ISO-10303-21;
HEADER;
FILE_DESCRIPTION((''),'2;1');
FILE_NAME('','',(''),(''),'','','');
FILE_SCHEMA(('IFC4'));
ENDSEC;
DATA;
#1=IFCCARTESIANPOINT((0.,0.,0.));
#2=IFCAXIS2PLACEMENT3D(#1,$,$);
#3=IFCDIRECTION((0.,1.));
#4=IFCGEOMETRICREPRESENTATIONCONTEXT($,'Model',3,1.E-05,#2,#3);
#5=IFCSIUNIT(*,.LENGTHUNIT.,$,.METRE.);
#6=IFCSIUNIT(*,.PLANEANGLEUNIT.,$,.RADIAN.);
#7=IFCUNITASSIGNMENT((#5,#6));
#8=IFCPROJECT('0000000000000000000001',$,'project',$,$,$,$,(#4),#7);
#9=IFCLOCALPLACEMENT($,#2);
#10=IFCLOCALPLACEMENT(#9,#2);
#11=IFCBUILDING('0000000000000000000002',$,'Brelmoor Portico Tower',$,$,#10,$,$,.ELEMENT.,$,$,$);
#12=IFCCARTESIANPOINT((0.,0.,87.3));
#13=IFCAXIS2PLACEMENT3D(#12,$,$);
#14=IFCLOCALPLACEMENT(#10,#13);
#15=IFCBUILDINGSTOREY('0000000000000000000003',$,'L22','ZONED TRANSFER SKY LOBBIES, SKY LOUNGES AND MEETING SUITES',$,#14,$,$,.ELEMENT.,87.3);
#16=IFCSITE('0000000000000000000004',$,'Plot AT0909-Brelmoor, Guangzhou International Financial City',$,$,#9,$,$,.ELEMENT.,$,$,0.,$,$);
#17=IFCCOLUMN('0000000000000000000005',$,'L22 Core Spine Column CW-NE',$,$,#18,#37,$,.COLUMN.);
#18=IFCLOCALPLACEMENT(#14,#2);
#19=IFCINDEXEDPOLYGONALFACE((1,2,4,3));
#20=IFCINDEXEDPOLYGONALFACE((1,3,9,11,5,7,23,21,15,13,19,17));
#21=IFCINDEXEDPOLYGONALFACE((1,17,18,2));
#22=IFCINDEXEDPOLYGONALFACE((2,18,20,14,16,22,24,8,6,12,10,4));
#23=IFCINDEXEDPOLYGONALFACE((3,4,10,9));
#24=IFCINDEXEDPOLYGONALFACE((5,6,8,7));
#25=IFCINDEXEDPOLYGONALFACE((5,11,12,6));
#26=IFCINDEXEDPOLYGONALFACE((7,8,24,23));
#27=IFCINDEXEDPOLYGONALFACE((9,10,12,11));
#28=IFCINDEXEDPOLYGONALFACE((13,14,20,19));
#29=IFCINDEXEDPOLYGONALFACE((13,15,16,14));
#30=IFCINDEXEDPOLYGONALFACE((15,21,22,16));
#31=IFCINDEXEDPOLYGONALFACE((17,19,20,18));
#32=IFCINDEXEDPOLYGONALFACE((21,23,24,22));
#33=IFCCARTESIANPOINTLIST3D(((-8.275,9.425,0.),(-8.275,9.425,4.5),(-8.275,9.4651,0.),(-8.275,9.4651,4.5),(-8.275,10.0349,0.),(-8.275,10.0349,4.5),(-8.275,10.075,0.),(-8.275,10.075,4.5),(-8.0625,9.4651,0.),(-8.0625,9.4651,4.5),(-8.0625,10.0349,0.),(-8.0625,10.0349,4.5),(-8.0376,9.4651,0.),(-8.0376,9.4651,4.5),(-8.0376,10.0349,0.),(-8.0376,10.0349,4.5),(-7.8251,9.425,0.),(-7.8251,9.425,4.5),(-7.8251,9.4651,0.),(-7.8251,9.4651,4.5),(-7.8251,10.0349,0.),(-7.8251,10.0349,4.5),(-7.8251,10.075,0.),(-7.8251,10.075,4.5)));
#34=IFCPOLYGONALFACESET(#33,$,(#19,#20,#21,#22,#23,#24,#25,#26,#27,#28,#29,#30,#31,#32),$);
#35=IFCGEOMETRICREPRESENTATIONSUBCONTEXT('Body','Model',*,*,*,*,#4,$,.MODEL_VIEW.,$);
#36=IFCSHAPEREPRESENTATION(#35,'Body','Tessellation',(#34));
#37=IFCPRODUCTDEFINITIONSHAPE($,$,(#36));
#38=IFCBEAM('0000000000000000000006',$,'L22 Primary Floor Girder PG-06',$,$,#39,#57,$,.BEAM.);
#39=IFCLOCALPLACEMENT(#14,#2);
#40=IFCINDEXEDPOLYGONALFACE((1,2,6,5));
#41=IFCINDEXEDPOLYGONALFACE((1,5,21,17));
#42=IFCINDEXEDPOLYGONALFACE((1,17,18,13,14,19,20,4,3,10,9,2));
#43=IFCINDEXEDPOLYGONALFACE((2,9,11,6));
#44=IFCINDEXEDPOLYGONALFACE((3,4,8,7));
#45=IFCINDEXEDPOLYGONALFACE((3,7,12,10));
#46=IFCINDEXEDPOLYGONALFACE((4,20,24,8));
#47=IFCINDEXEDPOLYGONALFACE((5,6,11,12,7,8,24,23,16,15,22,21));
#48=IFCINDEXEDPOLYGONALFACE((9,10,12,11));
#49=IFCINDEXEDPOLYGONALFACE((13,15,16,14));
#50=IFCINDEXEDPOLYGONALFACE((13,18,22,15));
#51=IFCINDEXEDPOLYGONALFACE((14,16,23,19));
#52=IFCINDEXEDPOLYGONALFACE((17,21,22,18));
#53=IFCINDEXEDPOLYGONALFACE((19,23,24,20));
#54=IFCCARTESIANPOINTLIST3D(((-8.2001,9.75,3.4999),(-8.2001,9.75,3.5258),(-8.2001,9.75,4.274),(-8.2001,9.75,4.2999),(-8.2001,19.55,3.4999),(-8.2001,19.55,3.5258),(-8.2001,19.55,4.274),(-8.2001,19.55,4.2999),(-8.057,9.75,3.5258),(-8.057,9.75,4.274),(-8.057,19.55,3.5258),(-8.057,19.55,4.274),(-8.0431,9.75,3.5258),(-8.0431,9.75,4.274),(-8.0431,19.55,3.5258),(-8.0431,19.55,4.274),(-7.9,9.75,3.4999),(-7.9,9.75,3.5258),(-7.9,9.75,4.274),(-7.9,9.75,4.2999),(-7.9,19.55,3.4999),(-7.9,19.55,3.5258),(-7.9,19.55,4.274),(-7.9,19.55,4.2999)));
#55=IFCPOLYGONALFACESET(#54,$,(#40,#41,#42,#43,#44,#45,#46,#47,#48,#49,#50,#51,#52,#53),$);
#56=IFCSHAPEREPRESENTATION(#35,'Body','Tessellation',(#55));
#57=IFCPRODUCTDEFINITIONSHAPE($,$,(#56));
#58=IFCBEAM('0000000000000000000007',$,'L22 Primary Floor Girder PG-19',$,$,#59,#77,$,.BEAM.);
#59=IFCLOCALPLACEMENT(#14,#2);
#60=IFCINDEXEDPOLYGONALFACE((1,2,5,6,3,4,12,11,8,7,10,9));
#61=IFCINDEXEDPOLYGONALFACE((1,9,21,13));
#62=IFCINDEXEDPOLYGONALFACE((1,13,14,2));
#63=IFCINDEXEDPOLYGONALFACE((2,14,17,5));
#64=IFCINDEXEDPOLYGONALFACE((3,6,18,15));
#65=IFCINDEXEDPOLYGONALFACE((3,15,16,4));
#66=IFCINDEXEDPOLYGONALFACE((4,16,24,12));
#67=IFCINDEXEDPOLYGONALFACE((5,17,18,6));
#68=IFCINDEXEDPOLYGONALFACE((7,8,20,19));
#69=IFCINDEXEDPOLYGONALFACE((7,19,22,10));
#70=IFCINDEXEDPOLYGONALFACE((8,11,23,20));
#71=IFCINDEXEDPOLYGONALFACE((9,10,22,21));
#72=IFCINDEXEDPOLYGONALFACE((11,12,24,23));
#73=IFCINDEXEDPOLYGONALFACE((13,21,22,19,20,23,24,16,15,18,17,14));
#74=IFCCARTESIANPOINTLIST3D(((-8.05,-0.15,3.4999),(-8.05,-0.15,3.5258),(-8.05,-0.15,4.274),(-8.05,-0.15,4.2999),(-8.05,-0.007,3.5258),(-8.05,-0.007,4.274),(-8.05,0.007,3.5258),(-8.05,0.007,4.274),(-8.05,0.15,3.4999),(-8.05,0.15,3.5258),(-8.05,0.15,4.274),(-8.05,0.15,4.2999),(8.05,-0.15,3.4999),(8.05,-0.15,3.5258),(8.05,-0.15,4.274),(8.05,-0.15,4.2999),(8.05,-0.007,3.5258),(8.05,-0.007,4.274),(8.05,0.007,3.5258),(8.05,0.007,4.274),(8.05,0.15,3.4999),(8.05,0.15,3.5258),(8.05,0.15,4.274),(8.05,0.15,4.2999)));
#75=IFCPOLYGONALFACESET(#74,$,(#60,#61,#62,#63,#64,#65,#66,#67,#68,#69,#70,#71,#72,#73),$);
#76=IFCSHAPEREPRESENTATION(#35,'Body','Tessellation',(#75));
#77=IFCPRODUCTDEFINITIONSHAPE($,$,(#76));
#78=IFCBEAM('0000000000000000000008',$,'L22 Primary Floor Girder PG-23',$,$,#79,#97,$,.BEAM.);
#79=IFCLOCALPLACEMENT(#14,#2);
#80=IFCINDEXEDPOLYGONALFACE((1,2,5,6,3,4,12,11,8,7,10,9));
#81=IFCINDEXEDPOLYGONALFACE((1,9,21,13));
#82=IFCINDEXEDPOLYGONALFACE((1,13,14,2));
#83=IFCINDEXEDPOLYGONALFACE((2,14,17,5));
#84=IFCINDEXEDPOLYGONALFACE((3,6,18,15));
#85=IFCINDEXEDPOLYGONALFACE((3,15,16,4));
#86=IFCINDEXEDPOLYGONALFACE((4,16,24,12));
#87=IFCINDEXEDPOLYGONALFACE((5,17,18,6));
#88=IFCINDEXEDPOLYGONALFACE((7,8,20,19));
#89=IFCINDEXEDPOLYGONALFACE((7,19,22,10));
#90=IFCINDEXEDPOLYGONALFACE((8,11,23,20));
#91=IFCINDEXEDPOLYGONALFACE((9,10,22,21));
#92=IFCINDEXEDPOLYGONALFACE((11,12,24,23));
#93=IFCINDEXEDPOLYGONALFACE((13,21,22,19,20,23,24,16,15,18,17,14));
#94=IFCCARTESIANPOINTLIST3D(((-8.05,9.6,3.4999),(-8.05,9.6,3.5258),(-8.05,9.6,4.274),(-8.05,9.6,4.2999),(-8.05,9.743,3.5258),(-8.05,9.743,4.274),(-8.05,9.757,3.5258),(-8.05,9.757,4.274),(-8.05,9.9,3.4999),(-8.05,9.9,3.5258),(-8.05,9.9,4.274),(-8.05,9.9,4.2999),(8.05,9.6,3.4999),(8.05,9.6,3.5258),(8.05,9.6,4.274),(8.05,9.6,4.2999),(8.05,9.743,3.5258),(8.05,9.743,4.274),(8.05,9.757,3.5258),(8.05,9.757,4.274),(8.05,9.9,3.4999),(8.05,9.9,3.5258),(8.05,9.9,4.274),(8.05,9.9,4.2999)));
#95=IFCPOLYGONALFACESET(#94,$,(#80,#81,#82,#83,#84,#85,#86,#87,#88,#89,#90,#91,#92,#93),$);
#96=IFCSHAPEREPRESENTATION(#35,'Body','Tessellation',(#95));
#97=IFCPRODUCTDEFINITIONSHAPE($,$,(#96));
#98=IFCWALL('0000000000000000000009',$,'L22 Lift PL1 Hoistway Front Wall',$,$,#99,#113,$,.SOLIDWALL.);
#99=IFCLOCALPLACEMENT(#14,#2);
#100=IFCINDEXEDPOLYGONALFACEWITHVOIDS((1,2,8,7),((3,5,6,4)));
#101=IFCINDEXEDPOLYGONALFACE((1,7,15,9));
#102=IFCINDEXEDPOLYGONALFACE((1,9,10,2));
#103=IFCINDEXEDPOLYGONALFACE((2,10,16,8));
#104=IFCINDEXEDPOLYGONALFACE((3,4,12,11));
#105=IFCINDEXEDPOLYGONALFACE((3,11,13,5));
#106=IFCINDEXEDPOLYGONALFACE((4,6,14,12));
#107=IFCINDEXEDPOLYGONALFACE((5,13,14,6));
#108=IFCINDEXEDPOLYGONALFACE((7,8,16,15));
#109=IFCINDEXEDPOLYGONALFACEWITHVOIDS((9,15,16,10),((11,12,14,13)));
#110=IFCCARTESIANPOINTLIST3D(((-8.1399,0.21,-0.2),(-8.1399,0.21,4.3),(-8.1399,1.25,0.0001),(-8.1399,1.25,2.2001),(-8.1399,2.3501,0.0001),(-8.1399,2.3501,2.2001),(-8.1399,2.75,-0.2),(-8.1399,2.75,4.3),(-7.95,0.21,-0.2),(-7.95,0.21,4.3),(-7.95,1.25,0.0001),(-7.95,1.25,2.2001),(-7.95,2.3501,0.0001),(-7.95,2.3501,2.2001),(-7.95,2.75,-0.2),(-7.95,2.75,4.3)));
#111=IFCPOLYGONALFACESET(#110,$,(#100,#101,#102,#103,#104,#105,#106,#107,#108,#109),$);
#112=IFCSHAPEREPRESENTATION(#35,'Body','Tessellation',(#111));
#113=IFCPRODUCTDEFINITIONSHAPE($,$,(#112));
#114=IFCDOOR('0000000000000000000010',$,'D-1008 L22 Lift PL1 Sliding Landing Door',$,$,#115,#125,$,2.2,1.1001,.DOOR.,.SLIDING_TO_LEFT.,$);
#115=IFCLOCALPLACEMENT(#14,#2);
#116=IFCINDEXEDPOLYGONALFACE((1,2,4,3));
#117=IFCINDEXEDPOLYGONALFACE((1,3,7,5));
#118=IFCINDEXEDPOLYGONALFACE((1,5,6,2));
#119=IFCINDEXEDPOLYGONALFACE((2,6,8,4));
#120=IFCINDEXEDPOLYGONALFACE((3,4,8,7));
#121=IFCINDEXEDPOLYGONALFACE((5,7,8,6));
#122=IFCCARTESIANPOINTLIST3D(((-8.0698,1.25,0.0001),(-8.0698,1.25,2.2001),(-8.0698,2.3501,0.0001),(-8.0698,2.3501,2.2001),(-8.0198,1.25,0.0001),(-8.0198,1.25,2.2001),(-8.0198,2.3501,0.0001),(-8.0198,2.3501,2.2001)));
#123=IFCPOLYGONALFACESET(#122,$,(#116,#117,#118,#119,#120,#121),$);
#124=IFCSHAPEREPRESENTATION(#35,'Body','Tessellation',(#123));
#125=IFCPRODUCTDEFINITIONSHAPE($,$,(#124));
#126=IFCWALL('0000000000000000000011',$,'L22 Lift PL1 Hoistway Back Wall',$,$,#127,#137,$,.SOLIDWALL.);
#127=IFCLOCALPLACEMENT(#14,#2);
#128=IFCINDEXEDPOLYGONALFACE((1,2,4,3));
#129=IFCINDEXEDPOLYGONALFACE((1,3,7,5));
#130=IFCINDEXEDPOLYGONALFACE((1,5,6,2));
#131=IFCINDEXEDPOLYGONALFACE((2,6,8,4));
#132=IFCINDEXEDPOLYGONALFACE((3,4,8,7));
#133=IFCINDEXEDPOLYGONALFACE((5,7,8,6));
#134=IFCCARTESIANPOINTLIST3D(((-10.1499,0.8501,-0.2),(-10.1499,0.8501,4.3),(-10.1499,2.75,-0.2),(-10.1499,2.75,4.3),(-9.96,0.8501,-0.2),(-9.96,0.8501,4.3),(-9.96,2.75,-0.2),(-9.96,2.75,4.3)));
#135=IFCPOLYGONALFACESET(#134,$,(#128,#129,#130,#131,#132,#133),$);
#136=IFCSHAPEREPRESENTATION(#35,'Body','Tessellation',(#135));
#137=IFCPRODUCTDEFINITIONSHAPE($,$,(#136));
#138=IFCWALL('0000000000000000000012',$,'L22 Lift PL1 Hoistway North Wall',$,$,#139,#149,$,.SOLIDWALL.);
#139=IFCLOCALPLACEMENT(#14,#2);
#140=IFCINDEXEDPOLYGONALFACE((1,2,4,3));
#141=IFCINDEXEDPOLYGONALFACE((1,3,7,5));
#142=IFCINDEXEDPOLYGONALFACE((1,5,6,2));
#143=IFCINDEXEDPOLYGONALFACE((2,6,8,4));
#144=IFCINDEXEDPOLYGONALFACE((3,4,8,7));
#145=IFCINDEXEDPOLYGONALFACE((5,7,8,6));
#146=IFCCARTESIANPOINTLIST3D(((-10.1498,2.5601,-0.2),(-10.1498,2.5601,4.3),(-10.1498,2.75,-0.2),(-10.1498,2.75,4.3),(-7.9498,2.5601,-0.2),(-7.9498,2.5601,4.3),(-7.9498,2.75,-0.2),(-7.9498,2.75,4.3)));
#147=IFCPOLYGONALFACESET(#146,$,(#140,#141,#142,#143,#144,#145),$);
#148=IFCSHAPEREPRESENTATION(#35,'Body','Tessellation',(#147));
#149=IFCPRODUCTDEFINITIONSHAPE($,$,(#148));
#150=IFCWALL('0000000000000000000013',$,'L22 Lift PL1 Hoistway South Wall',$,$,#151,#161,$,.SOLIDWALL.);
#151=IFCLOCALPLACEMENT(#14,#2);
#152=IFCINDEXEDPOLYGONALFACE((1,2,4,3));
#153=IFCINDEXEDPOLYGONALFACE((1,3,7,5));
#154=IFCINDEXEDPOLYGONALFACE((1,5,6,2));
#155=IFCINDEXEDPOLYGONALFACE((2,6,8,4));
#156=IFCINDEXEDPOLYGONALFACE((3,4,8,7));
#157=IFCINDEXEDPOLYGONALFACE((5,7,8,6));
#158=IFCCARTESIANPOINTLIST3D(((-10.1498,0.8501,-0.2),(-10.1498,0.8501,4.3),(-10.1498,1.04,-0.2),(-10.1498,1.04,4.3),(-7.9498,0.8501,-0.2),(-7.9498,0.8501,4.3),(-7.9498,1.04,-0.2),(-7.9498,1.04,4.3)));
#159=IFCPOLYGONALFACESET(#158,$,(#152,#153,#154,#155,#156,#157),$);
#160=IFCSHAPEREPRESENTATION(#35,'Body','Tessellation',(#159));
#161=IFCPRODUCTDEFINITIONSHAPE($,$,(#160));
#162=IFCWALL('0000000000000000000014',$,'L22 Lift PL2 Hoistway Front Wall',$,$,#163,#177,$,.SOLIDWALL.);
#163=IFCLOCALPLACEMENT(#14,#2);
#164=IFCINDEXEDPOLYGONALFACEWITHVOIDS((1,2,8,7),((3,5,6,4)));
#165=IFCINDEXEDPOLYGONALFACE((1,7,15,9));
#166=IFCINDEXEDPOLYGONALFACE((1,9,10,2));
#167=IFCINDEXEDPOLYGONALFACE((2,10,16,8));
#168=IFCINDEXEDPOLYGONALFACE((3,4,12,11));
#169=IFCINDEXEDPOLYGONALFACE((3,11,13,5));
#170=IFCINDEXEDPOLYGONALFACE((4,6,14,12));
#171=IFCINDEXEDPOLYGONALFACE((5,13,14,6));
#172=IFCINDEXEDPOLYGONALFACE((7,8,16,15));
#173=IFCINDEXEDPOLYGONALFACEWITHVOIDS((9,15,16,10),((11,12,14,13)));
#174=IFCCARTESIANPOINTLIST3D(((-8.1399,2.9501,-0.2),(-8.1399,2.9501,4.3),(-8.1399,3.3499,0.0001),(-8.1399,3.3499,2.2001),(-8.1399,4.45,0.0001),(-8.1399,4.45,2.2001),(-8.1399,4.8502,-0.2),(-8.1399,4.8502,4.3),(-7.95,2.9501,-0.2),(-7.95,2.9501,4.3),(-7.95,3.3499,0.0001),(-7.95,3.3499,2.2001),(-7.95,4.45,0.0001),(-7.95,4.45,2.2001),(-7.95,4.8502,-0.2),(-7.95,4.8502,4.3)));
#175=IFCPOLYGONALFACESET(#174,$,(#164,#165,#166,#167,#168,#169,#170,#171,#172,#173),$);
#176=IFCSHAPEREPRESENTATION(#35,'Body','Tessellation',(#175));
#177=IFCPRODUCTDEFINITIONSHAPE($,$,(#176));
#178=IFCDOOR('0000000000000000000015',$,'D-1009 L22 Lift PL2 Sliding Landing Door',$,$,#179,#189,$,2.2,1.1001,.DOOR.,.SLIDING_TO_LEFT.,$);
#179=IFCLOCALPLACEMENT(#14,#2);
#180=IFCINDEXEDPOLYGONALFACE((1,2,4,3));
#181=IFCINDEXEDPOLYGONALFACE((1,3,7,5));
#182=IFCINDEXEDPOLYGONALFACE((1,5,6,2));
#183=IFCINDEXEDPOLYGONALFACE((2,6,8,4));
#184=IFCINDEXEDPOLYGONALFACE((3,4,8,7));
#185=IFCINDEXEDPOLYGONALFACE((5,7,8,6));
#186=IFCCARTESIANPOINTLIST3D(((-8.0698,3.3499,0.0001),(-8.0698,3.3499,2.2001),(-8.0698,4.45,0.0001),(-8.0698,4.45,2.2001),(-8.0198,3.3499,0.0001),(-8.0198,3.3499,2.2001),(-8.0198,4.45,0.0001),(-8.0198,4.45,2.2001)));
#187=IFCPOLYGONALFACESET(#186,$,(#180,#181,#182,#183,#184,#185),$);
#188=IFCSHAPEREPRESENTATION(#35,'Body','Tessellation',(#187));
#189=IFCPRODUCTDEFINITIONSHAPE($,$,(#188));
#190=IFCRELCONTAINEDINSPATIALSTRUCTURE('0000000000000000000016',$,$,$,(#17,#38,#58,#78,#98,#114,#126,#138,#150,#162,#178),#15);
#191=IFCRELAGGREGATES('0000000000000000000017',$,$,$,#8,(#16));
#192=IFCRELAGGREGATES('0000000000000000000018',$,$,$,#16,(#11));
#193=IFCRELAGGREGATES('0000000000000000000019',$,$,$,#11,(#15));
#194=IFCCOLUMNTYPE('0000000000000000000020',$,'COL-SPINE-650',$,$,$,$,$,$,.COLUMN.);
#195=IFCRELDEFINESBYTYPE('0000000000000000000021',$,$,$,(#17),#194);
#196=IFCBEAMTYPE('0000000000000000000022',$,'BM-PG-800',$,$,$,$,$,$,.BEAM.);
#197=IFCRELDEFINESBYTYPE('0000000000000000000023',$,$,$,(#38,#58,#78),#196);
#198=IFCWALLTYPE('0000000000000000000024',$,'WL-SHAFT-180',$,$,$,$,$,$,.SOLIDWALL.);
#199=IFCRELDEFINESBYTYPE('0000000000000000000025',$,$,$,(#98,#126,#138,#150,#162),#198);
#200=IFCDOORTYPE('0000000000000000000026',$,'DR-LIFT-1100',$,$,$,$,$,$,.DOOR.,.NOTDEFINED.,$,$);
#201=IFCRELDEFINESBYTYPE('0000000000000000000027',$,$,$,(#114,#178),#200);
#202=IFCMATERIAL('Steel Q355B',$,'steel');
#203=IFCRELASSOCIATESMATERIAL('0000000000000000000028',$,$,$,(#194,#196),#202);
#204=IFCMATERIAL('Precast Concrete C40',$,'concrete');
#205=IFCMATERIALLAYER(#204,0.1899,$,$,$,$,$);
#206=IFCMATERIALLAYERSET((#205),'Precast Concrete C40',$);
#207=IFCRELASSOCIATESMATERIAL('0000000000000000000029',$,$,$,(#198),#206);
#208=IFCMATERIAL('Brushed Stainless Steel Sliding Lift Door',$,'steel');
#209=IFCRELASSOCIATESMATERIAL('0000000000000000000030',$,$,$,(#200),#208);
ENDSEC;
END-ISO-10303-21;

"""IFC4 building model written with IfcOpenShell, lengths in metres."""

from ifc_helpers import new_model, si_unit, direction, frame, frame_2d, origin, origin_2d, place, context, subcontext, project, spatial, rectangle, i_section, extrude, material, layer, layer_set, material_profile, profile_set, type_object, element, fill, save


model = new_model("IFC4")

# Units and contexts
model_context = context("Model", 3, precision=1e-05, world=origin(), true_north=direction((0.0, 1.0)))
body_context = subcontext(model_context, "Body", "Model", "MODEL_VIEW")
ifc_project = project(units=[si_unit("LENGTHUNIT", "METRE"), si_unit("PLANEANGLEUNIT", "RADIAN")], contexts=[model_context])

# Site, building, storey
site_placement = place(None, origin())
site = spatial("IfcSite", under=ifc_project, at=site_placement, Name="Plot AT0909-Brelmoor, Guangzhou International Financial City", CompositionType="ELEMENT", RefElevation=0.0)
building_placement = place(site_placement, origin())
building = spatial("IfcBuilding", under=site, at=building_placement, Name="Brelmoor Portico Tower", CompositionType="ELEMENT")
storey_placement = place(building_placement, frame((0.0, 0.0, 87.3)))
storey = spatial("IfcBuildingStorey", under=building, at=storey_placement, Name="L22", Description="ZONED TRANSFER SKY LOBBIES, SKY LOUNGES AND MEETING SUITES", CompositionType="ELEMENT", Elevation=87.3)

# Column
ifc_material_1 = material(Name="Steel Q355B", Category="steel")
ifc_material_profile_1 = material_profile(ifc_material_1, i_section(OverallWidth=0.45, OverallDepth=0.6499, WebThickness=0.0249, FlangeThickness=0.04, at=origin_2d()), Name="HW 650x450x25x40")
ifc_profile_set_1 = profile_set([ifc_material_profile_1], Name="Steel Q355B")
column_type = type_object("IfcColumnType", Name="COL-SPINE-650", PredefinedType="COLUMN", material=ifc_profile_set_1)
column_placement = place(storey_placement, frame((-8.05, 9.75, 0.0), z_axis=(0.0, 0.0, 1.0), x_axis=(1.0, 0.0, 0.0)))
element("IfcColumn", 1, at=column_placement, inside=storey, type_object=column_type, Name="L22 Core Spine Column CW-NE", PredefinedType="COLUMN", context=body_context, shape_type="SweptSolid", body=[
    extrude(i_section(OverallWidth=0.45, OverallDepth=0.6499, WebThickness=0.0249, FlangeThickness=0.04, at=origin_2d()), origin(), (0.0, 0.0, 1.0), 4.5),
])

# Beams
ifc_material_profile_2 = material_profile(ifc_material_1, i_section(OverallWidth=0.3, OverallDepth=0.8, WebThickness=0.0139, FlangeThickness=0.0259, at=origin_2d()), Name="HN 800x300x14x26")
ifc_profile_set_2 = profile_set([ifc_material_profile_2], Name="Steel Q355B")
beam_type = type_object("IfcBeamType", Name="BM-PG-800", PredefinedType="BEAM", material=ifc_profile_set_2)
beam_placement = place(storey_placement, frame((-8.05, 9.75, 3.8999), z_axis=(0.0, 1.0, 0.0), x_axis=(-1.0, 0.0, 0.0)))
element("IfcBeam", 2, at=beam_placement, inside=storey, type_object=beam_type, Name="L22 Primary Floor Girder PG-06", PredefinedType="BEAM", context=body_context, shape_type="SweptSolid", body=[
    extrude(i_section(OverallWidth=0.3, OverallDepth=0.8, WebThickness=0.0139, FlangeThickness=0.0259, at=origin_2d()), origin(), (0.0, 0.0, 1.0), 9.8),
])
for number, where, z_axis, x_axis, name in (
    (3, (-8.05, 0.0, 3.8999), (1.0, 0.0, 0.0), (0.0, 1.0, 0.0), "L22 Primary Floor Girder PG-19"),
    (4, (-8.05, 9.75, 3.8999), (1.0, 0.0, 0.0), (0.0, 1.0, 0.0), "L22 Primary Floor Girder PG-23"),
):
    element("IfcBeam", number, at=place(storey_placement, frame(where, z_axis=z_axis, x_axis=x_axis)), inside=storey, type_object=beam_type, Name=name, PredefinedType="BEAM", context=body_context, shape_type="SweptSolid", body=[
        extrude(i_section(OverallWidth=0.3, OverallDepth=0.8, WebThickness=0.0139, FlangeThickness=0.0259, at=origin_2d()), origin(), (0.0, 0.0, 1.0), 16.1001),
    ])

# Wall, opening, door
ifc_material_2 = material(Name="Precast Concrete C40", Category="concrete")
ifc_layer_1 = layer(ifc_material_2, 0.1899)
ifc_layer_set_1 = layer_set([ifc_layer_1], Name="Precast Concrete C40")
wall_type_1 = type_object("IfcWallType", Name="WL-SHAFT-180", PredefinedType="SOLIDWALL", material=ifc_layer_set_1)
wall_1_placement = place(storey_placement, frame((-8.0449, 0.21, -0.2), z_axis=(0.0, 0.0, 1.0), x_axis=(0.0, 1.0, 0.0)))
wall_1 = element("IfcWall", 5, at=wall_1_placement, inside=storey, type_object=wall_type_1, Name="L22 Lift PL1 Hoistway Front Wall", PredefinedType="SOLIDWALL", context=body_context, shape_type="SweptSolid", body=[
    extrude(rectangle(XDim=2.54, YDim=0.1899, at=frame_2d((1.27, 0.0))), origin(), (0.0, 0.0, 1.0), 4.5),
])
opening_1_placement = place(wall_1_placement, frame((1.04, 0.0, 0.2)))
opening_1 = element("IfcOpeningElement", 6, at=opening_1_placement, cuts=wall_1, PredefinedType="OPENING", context=body_context, shape_type="SweptSolid", body=[
    extrude(rectangle(XDim=1.1001, YDim=2.2, at=frame_2d((0.55, 1.1001))), frame((0.0, 0.105, 0.0), z_axis=(0.0, -1.0, 0.0), x_axis=(1.0, 0.0, 0.0)), (0.0, 0.0, 1.0), 0.21),
])
ifc_material_3 = material(Name="Brushed Stainless Steel Sliding Lift Door", Category="steel")
door_type = type_object("IfcDoorType", Name="DR-LIFT-1100", OperationType="NOTDEFINED", PredefinedType="DOOR", material=ifc_material_3)
door_1_placement = place(opening_1_placement, origin())
door_1 = element("IfcDoor", 7, at=door_1_placement, inside=storey, type_object=door_type, Name="D-1008 L22 Lift PL1 Sliding Landing Door", OperationType="SLIDING_TO_LEFT", OverallHeight=2.2, OverallWidth=1.1001, PredefinedType="DOOR", context=body_context, shape_type="SweptSolid", body=[
    extrude(rectangle(XDim=1.1001, YDim=2.2, at=frame_2d((0.55, 1.1001))), frame((0.0, 0.0249, 0.0), z_axis=(0.0, -1.0, 0.0), x_axis=(1.0, 0.0, 0.0)), (0.0, 0.0, 1.0), 0.05),
])
fill(opening_1, door_1)

# Walls
wall_2_placement = place(storey_placement, frame((-10.0549, 0.8501, -0.2), z_axis=(0.0, 0.0, 1.0), x_axis=(0.0, 1.0, 0.0)))
element("IfcWall", 8, at=wall_2_placement, inside=storey, type_object=wall_type_1, Name="L22 Lift PL1 Hoistway Back Wall", PredefinedType="SOLIDWALL", context=body_context, shape_type="SweptSolid", body=[
    extrude(rectangle(XDim=1.8999, YDim=0.1899, at=frame_2d((0.95, 0.0))), origin(), (0.0, 0.0, 1.0), 4.5),
])
for number, where, z_axis, x_axis, name in (
    (9, (-10.1499, 2.655, -0.2), (0.0, 0.0, 1.0), (1.0, 0.0, 0.0), "L22 Lift PL1 Hoistway North Wall"),
    (10, (-10.1499, 0.9451, -0.2), (0.0, 0.0, 1.0), (1.0, 0.0, 0.0), "L22 Lift PL1 Hoistway South Wall"),
):
    element("IfcWall", number, at=place(storey_placement, frame(where, z_axis=z_axis, x_axis=x_axis)), inside=storey, type_object=wall_type_1, Name=name, PredefinedType="SOLIDWALL", context=body_context, shape_type="SweptSolid", body=[
        extrude(rectangle(XDim=2.2, YDim=0.1899, at=frame_2d((1.1001, 0.0))), origin(), (0.0, 0.0, 1.0), 4.5),
    ])

# Wall, opening, door
wall_3_placement = place(storey_placement, frame((-8.0449, 2.95, -0.2), z_axis=(0.0, 0.0, 1.0), x_axis=(0.0, 1.0, 0.0)))
wall_3 = element("IfcWall", 11, at=wall_3_placement, inside=storey, type_object=wall_type_1, Name="L22 Lift PL2 Hoistway Front Wall", PredefinedType="SOLIDWALL", context=body_context, shape_type="SweptSolid", body=[
    extrude(rectangle(XDim=1.9001, YDim=0.1899, at=frame_2d((0.9502, 0.0))), origin(), (0.0, 0.0, 1.0), 4.5),
])
opening_2_placement = place(wall_3_placement, frame((0.3999, 0.0, 0.2)))
opening_2 = element("IfcOpeningElement", 12, at=opening_2_placement, cuts=wall_3, PredefinedType="OPENING", context=body_context, shape_type="SweptSolid", body=[
    extrude(rectangle(XDim=1.1001, YDim=2.2, at=frame_2d((0.55, 1.1001))), frame((0.0, 0.105, 0.0), z_axis=(0.0, -1.0, 0.0), x_axis=(1.0, 0.0, 0.0)), (0.0, 0.0, 1.0), 0.21),
])
door_2_placement = place(opening_2_placement, origin())
door_2 = element("IfcDoor", 13, at=door_2_placement, inside=storey, type_object=door_type, Name="D-1009 L22 Lift PL2 Sliding Landing Door", OperationType="SLIDING_TO_LEFT", OverallHeight=2.2, OverallWidth=1.1001, PredefinedType="DOOR", context=body_context, shape_type="SweptSolid", body=[
    extrude(rectangle(XDim=1.1001, YDim=2.2, at=frame_2d((0.55, 1.1001))), frame((0.0, 0.0249, 0.0), z_axis=(0.0, -1.0, 0.0), x_axis=(1.0, 0.0, 0.0)), (0.0, 0.0, 1.0), 0.05),
])
fill(opening_2, door_2)

save(model, "model.ifc")
